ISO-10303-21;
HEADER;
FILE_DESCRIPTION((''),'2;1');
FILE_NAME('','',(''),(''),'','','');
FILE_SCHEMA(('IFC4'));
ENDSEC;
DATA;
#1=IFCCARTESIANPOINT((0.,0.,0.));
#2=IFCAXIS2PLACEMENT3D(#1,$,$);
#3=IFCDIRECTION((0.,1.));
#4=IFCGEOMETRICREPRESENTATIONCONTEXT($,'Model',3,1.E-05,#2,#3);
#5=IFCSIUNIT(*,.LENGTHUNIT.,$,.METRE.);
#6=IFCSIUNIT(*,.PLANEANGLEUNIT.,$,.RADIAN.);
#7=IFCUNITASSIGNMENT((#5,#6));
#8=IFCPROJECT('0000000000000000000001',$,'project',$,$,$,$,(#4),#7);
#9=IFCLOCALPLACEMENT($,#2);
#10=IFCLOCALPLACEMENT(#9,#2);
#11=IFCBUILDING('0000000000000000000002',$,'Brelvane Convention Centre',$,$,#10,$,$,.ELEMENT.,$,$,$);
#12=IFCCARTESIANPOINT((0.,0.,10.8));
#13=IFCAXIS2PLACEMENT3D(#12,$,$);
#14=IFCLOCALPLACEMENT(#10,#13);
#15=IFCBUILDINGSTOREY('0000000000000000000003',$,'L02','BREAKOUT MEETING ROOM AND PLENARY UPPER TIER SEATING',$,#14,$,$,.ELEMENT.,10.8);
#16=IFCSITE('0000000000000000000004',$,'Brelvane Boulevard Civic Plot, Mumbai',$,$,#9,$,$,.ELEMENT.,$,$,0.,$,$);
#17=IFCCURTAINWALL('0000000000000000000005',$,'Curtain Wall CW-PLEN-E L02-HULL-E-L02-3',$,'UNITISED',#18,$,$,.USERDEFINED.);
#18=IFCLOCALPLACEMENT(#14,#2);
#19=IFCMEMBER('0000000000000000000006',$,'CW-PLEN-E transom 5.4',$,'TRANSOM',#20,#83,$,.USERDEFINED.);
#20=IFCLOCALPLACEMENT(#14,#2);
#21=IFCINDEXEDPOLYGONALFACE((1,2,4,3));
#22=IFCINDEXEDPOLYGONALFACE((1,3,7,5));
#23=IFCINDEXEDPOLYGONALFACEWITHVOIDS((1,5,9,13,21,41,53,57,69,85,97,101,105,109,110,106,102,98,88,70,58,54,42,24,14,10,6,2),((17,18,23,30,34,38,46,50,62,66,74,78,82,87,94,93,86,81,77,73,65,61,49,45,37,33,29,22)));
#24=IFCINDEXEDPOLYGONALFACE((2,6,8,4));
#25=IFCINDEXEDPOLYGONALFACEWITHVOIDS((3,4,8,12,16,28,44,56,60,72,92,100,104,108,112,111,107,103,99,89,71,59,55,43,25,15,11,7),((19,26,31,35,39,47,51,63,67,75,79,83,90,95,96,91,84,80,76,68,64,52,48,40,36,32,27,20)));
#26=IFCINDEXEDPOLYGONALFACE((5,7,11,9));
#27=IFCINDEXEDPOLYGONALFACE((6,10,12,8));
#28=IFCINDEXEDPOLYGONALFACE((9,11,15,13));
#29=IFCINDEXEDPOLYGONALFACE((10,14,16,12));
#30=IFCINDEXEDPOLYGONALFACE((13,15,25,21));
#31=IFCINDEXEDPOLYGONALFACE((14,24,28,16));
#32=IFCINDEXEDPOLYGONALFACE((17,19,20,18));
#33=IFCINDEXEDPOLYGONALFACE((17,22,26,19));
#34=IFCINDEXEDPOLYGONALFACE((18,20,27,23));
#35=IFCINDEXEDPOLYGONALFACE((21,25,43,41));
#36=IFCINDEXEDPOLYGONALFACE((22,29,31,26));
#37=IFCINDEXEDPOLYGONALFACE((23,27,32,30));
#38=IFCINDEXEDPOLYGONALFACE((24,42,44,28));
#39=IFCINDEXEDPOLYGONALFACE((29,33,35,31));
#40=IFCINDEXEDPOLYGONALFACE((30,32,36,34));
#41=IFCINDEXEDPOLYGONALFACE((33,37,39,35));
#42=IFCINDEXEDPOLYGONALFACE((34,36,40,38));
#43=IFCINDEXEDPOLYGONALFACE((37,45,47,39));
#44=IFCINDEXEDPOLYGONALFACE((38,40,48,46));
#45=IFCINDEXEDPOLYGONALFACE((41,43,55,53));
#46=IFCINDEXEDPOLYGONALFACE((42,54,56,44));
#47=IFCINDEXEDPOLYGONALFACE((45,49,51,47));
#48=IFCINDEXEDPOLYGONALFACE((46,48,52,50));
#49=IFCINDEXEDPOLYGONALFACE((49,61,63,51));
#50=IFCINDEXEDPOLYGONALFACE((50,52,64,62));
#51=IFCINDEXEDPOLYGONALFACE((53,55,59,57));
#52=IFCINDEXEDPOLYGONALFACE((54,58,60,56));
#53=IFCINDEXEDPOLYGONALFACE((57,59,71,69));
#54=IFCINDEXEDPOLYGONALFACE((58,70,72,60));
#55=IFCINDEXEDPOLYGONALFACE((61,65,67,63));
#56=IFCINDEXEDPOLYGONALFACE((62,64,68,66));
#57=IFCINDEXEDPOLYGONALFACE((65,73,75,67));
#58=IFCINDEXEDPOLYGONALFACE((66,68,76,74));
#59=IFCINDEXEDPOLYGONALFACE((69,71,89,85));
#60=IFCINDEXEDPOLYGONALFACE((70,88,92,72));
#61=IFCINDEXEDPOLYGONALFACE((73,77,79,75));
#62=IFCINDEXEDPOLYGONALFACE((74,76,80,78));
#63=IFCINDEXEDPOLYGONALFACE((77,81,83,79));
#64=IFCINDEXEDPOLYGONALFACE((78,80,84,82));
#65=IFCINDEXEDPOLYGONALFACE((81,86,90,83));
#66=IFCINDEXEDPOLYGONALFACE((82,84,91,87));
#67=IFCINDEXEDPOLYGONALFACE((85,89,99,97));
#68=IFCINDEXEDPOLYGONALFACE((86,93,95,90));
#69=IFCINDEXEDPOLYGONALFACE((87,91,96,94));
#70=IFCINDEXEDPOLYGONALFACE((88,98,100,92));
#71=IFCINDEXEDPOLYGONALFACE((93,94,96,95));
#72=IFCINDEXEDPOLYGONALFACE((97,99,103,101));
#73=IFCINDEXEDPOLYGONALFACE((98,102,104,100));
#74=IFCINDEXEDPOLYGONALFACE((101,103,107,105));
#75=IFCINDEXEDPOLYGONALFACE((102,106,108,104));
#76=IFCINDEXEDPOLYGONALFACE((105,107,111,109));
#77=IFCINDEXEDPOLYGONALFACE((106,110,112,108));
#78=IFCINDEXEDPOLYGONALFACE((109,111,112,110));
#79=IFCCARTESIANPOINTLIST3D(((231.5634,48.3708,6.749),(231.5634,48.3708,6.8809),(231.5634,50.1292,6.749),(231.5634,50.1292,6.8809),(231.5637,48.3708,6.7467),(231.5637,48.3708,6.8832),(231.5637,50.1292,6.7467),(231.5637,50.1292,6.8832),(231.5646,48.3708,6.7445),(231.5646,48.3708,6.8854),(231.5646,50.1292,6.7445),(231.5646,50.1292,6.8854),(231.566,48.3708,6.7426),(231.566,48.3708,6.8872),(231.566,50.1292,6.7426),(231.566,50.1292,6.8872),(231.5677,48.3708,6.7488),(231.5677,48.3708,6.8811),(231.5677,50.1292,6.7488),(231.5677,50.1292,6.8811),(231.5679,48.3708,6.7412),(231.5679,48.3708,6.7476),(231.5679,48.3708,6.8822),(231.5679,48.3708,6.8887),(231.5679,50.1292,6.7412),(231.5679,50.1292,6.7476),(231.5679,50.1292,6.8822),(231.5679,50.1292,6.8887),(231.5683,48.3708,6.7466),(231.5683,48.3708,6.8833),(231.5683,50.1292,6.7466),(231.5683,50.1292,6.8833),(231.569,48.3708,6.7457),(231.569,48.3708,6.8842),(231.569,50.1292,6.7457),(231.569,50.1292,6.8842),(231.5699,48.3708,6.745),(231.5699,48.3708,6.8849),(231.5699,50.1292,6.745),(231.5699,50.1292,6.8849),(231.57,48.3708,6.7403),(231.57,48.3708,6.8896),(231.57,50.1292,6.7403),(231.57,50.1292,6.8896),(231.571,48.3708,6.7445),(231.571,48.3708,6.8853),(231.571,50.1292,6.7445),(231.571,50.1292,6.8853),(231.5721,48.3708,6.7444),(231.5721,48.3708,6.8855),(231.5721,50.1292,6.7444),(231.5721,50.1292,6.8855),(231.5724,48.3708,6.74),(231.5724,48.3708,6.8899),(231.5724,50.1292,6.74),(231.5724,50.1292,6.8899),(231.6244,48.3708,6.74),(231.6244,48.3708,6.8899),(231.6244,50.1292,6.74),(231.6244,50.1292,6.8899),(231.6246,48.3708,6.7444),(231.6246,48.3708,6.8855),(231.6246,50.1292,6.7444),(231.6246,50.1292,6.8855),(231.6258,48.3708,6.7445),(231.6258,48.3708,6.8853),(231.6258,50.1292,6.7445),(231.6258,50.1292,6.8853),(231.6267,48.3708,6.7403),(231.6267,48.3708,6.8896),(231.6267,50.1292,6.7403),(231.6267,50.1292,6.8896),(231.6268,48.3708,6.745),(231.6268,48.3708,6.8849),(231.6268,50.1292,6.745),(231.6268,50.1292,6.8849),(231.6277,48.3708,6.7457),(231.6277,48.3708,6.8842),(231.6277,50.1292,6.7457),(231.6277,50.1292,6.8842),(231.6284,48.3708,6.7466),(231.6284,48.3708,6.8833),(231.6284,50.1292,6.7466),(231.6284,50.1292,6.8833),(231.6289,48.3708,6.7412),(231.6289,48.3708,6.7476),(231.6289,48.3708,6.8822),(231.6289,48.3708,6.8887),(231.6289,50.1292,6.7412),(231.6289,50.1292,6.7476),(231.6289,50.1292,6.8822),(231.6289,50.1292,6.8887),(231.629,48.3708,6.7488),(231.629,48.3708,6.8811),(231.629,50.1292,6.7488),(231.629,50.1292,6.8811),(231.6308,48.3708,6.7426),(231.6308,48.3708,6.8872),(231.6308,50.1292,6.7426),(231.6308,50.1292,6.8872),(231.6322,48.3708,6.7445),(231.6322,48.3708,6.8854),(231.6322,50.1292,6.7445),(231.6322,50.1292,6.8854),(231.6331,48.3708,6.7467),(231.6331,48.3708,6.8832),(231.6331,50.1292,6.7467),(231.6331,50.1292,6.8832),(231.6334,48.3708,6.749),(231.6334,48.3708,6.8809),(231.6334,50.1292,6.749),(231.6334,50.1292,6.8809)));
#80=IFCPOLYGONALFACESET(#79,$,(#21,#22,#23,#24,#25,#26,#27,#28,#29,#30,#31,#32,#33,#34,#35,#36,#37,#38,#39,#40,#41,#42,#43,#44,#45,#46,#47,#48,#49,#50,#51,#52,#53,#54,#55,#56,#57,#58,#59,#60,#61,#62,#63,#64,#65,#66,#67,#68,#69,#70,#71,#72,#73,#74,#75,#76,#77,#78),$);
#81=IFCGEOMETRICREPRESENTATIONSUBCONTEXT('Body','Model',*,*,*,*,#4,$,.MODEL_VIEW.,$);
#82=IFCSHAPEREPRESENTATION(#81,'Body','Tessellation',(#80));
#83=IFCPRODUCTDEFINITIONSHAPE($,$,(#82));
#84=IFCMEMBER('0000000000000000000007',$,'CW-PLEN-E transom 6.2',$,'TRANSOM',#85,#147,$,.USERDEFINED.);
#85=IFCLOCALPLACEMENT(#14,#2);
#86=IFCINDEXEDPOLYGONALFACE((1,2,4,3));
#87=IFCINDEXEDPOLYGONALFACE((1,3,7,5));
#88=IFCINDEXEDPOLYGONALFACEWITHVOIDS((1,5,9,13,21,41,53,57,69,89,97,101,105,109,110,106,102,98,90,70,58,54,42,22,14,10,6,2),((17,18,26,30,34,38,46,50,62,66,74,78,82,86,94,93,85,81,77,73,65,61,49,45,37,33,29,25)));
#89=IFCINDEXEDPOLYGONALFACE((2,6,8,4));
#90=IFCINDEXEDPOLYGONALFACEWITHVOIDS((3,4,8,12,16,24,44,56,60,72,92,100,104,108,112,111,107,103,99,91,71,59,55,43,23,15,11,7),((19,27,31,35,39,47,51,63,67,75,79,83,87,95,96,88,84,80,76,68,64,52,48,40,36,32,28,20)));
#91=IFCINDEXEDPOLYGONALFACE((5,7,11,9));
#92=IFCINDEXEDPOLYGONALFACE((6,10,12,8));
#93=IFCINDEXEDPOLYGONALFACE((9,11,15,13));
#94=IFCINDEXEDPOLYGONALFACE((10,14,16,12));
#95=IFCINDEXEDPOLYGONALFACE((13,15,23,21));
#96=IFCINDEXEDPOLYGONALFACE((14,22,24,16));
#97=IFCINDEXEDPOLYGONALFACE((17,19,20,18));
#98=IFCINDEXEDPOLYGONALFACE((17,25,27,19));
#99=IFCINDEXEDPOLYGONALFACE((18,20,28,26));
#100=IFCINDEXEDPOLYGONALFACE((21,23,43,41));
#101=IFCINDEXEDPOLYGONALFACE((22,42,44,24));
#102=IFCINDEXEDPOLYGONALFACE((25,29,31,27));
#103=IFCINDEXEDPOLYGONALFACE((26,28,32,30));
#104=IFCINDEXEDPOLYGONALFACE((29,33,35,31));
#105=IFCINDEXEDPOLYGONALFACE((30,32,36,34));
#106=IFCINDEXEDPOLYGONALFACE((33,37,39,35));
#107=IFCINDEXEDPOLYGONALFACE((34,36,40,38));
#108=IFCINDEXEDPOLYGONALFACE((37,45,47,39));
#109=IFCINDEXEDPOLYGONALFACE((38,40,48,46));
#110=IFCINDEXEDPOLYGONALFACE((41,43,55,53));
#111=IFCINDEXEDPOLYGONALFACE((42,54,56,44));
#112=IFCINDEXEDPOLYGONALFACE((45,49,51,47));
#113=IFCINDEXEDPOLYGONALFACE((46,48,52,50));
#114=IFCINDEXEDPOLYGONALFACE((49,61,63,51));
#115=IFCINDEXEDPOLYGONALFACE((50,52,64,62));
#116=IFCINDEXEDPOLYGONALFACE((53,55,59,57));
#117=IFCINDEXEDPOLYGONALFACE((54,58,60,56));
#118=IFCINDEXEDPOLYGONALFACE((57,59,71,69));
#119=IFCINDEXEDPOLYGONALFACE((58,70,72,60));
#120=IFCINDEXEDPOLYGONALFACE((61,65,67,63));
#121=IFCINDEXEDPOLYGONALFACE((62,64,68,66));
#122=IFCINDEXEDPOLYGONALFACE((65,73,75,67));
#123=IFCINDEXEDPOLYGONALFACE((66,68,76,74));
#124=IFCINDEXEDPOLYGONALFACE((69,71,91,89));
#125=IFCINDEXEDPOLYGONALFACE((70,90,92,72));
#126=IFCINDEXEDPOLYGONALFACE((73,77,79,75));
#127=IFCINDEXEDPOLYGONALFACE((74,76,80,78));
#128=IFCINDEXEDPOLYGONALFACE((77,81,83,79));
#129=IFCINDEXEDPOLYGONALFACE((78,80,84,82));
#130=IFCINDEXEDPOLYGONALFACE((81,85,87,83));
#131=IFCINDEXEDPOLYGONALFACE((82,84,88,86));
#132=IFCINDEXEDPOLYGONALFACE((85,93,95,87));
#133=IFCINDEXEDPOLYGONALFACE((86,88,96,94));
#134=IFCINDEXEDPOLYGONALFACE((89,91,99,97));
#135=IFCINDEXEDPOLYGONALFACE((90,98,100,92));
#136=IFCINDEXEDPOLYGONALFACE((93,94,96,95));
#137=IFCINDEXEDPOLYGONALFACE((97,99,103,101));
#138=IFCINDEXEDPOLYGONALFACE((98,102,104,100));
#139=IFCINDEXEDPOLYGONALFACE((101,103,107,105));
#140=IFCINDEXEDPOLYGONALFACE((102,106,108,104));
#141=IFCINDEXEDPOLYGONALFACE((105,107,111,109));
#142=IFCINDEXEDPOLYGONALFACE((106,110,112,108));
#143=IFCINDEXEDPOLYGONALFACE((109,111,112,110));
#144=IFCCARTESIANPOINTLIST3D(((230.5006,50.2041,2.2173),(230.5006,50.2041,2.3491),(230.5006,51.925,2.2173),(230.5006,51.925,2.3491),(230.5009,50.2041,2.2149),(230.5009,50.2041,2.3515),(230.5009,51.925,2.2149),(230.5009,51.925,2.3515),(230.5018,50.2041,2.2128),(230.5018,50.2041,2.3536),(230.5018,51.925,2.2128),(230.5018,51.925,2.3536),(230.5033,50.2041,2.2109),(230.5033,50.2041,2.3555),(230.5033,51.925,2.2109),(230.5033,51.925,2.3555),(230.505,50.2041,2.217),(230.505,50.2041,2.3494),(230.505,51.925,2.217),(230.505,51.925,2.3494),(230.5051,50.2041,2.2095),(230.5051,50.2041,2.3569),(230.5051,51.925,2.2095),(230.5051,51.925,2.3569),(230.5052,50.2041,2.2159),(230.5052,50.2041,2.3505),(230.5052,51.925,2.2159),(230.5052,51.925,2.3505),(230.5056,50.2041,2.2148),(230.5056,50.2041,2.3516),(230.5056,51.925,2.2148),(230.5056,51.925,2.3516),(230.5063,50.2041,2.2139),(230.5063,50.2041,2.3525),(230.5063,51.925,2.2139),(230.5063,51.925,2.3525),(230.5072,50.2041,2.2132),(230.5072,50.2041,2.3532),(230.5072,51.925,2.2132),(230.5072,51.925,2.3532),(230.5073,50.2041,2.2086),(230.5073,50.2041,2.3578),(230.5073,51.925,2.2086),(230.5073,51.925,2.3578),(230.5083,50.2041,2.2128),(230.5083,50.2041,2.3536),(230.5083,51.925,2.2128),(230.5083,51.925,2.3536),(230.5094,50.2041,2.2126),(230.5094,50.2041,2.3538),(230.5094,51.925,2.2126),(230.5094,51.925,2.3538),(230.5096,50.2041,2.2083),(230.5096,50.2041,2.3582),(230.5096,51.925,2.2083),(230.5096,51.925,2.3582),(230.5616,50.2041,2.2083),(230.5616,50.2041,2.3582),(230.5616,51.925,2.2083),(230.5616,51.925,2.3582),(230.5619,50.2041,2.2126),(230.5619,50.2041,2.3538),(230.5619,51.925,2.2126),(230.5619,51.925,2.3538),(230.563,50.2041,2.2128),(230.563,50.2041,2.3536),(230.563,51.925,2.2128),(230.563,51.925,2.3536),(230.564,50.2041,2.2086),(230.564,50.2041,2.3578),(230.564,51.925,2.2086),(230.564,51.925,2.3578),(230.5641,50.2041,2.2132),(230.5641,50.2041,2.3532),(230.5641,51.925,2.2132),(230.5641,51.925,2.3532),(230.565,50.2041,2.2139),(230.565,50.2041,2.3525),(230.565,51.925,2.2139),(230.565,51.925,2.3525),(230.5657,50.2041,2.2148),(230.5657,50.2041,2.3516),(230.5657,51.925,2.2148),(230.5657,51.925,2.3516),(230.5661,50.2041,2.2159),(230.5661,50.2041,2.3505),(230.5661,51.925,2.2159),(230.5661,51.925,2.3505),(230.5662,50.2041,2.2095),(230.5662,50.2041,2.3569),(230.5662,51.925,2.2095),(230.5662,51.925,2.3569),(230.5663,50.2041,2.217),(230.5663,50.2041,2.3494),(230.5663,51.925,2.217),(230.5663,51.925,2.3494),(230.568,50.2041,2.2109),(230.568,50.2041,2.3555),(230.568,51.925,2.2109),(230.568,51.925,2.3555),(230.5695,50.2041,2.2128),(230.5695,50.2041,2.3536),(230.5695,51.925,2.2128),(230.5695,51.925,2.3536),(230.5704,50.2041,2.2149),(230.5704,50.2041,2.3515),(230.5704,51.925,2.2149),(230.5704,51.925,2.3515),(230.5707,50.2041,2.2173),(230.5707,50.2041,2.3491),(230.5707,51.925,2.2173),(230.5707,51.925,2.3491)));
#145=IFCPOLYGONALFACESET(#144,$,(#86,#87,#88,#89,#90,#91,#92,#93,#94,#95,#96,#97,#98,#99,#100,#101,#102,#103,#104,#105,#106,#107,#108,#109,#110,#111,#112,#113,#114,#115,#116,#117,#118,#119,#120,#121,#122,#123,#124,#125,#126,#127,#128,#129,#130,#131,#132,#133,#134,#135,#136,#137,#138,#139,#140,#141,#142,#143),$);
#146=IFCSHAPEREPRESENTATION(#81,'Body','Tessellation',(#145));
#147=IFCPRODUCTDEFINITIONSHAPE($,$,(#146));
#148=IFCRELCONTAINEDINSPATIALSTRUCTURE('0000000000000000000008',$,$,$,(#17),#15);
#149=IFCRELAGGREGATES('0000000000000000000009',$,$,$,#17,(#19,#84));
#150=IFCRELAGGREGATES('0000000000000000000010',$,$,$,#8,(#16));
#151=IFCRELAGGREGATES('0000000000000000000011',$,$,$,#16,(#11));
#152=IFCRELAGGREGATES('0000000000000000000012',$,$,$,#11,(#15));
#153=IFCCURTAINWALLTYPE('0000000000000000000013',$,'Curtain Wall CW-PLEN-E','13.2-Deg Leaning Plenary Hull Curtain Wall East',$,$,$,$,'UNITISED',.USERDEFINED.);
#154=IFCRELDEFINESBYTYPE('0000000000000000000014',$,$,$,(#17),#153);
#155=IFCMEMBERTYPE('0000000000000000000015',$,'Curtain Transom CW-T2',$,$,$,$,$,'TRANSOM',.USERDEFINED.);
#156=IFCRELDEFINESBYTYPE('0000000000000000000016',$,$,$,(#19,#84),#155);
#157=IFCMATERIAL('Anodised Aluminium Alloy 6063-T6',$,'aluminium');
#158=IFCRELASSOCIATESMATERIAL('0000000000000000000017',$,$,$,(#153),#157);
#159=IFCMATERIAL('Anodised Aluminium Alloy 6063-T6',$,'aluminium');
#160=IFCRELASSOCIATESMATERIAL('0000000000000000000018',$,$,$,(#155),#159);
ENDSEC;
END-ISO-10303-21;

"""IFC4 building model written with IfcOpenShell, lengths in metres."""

from ifc_helpers import new_model, si_unit, direction, frame, origin, origin_2d, place, context, subcontext, project, spatial, hollow_rectangle, extrude, material, material_profile, profile_set, type_object, element, aggregate, save


model = new_model("IFC4")

# Units and contexts
model_context = context("Model", 3, precision=1e-05, world=origin(), true_north=direction((0.0, 1.0)))
body_context = subcontext(model_context, "Body", "Model", "MODEL_VIEW")
ifc_project = project(units=[si_unit("LENGTHUNIT", "METRE"), si_unit("PLANEANGLEUNIT", "RADIAN")], contexts=[model_context])

# Site, building, storey
site_placement = place(None, origin())
site = spatial("IfcSite", under=ifc_project, at=site_placement, Name="Brelvane Boulevard Civic Plot, Mumbai", CompositionType="ELEMENT", RefElevation=0.0)
building_placement = place(site_placement, origin())
building = spatial("IfcBuilding", under=site, at=building_placement, Name="Brelvane Convention Centre", CompositionType="ELEMENT")
storey_placement = place(building_placement, frame((0.0, 0.0, 10.8)))
storey = spatial("IfcBuildingStorey", under=building, at=storey_placement, Name="L02", Description="BREAKOUT MEETING ROOM AND PLENARY UPPER TIER SEATING", CompositionType="ELEMENT", Elevation=10.8)

# Curtain wall, members
ifc_material_1 = material(Name="Anodised Aluminium Alloy 6063-T6", Category="aluminium")
curtain_wall_type = type_object("IfcCurtainWallType", Name="Curtain Wall CW-PLEN-E", Description="13.2-Deg Leaning Plenary Hull Curtain Wall East", ElementType="UNITISED", PredefinedType="USERDEFINED", material=ifc_material_1)
curtain_wall_1_placement = place(storey_placement, origin())
curtain_wall_1 = element("IfcCurtainWall", 1, at=curtain_wall_1_placement, inside=storey, type_object=curtain_wall_type, Name="Curtain Wall CW-PLEN-E L02-HULL-E-L02-3", ObjectType="UNITISED", PredefinedType="USERDEFINED")
ifc_material_2 = material(Name="Anodised Aluminium Alloy 6063-T6", Category="aluminium")
ifc_material_profile = material_profile(ifc_material_2, hollow_rectangle(XDim=0.0701, YDim=0.1499, WallThickness=0.0044, InnerFilletRadius=0.0044, OuterFilletRadius=0.009, at=origin_2d()), Name="ALU-T 150x70x4.5")
ifc_profile_set = profile_set([ifc_material_profile], Name="Anodised Aluminium Alloy 6063-T6")
member_type = type_object("IfcMemberType", Name="Curtain Transom CW-T2", ElementType="TRANSOM", PredefinedType="USERDEFINED", material=ifc_profile_set)
member_1_placement = place(storey_placement, frame((231.5984, 48.3708, 6.8149), z_axis=(0.0, 1.0, 0.0), x_axis=(-1.0, 0.0, 0.0)))
member_1 = element("IfcMember", 2, at=member_1_placement, type_object=member_type, Name="CW-PLEN-E transom 5.4", ObjectType="TRANSOM", PredefinedType="USERDEFINED", context=body_context, shape_type="SweptSolid", body=[
    extrude(hollow_rectangle(XDim=0.0701, YDim=0.1499, WallThickness=0.0044, InnerFilletRadius=0.0044, OuterFilletRadius=0.009, at=origin_2d()), origin(), (0.0, 0.0, 1.0), 1.7583),
])
member_2_placement = place(storey_placement, frame((230.5356, 50.2041, 2.2832), z_axis=(0.0, 1.0, 0.0), x_axis=(-1.0, 0.0, 0.0)))
member_2 = element("IfcMember", 3, at=member_2_placement, type_object=member_type, Name="CW-PLEN-E transom 6.2", ObjectType="TRANSOM", PredefinedType="USERDEFINED", context=body_context, shape_type="SweptSolid", body=[
    extrude(hollow_rectangle(XDim=0.0701, YDim=0.1499, WallThickness=0.0044, InnerFilletRadius=0.0044, OuterFilletRadius=0.009, at=origin_2d()), origin(), (0.0, 0.0, 1.0), 1.7209),
])

aggregate(curtain_wall_1, [member_1, member_2])

save(model, "model.ifc")
